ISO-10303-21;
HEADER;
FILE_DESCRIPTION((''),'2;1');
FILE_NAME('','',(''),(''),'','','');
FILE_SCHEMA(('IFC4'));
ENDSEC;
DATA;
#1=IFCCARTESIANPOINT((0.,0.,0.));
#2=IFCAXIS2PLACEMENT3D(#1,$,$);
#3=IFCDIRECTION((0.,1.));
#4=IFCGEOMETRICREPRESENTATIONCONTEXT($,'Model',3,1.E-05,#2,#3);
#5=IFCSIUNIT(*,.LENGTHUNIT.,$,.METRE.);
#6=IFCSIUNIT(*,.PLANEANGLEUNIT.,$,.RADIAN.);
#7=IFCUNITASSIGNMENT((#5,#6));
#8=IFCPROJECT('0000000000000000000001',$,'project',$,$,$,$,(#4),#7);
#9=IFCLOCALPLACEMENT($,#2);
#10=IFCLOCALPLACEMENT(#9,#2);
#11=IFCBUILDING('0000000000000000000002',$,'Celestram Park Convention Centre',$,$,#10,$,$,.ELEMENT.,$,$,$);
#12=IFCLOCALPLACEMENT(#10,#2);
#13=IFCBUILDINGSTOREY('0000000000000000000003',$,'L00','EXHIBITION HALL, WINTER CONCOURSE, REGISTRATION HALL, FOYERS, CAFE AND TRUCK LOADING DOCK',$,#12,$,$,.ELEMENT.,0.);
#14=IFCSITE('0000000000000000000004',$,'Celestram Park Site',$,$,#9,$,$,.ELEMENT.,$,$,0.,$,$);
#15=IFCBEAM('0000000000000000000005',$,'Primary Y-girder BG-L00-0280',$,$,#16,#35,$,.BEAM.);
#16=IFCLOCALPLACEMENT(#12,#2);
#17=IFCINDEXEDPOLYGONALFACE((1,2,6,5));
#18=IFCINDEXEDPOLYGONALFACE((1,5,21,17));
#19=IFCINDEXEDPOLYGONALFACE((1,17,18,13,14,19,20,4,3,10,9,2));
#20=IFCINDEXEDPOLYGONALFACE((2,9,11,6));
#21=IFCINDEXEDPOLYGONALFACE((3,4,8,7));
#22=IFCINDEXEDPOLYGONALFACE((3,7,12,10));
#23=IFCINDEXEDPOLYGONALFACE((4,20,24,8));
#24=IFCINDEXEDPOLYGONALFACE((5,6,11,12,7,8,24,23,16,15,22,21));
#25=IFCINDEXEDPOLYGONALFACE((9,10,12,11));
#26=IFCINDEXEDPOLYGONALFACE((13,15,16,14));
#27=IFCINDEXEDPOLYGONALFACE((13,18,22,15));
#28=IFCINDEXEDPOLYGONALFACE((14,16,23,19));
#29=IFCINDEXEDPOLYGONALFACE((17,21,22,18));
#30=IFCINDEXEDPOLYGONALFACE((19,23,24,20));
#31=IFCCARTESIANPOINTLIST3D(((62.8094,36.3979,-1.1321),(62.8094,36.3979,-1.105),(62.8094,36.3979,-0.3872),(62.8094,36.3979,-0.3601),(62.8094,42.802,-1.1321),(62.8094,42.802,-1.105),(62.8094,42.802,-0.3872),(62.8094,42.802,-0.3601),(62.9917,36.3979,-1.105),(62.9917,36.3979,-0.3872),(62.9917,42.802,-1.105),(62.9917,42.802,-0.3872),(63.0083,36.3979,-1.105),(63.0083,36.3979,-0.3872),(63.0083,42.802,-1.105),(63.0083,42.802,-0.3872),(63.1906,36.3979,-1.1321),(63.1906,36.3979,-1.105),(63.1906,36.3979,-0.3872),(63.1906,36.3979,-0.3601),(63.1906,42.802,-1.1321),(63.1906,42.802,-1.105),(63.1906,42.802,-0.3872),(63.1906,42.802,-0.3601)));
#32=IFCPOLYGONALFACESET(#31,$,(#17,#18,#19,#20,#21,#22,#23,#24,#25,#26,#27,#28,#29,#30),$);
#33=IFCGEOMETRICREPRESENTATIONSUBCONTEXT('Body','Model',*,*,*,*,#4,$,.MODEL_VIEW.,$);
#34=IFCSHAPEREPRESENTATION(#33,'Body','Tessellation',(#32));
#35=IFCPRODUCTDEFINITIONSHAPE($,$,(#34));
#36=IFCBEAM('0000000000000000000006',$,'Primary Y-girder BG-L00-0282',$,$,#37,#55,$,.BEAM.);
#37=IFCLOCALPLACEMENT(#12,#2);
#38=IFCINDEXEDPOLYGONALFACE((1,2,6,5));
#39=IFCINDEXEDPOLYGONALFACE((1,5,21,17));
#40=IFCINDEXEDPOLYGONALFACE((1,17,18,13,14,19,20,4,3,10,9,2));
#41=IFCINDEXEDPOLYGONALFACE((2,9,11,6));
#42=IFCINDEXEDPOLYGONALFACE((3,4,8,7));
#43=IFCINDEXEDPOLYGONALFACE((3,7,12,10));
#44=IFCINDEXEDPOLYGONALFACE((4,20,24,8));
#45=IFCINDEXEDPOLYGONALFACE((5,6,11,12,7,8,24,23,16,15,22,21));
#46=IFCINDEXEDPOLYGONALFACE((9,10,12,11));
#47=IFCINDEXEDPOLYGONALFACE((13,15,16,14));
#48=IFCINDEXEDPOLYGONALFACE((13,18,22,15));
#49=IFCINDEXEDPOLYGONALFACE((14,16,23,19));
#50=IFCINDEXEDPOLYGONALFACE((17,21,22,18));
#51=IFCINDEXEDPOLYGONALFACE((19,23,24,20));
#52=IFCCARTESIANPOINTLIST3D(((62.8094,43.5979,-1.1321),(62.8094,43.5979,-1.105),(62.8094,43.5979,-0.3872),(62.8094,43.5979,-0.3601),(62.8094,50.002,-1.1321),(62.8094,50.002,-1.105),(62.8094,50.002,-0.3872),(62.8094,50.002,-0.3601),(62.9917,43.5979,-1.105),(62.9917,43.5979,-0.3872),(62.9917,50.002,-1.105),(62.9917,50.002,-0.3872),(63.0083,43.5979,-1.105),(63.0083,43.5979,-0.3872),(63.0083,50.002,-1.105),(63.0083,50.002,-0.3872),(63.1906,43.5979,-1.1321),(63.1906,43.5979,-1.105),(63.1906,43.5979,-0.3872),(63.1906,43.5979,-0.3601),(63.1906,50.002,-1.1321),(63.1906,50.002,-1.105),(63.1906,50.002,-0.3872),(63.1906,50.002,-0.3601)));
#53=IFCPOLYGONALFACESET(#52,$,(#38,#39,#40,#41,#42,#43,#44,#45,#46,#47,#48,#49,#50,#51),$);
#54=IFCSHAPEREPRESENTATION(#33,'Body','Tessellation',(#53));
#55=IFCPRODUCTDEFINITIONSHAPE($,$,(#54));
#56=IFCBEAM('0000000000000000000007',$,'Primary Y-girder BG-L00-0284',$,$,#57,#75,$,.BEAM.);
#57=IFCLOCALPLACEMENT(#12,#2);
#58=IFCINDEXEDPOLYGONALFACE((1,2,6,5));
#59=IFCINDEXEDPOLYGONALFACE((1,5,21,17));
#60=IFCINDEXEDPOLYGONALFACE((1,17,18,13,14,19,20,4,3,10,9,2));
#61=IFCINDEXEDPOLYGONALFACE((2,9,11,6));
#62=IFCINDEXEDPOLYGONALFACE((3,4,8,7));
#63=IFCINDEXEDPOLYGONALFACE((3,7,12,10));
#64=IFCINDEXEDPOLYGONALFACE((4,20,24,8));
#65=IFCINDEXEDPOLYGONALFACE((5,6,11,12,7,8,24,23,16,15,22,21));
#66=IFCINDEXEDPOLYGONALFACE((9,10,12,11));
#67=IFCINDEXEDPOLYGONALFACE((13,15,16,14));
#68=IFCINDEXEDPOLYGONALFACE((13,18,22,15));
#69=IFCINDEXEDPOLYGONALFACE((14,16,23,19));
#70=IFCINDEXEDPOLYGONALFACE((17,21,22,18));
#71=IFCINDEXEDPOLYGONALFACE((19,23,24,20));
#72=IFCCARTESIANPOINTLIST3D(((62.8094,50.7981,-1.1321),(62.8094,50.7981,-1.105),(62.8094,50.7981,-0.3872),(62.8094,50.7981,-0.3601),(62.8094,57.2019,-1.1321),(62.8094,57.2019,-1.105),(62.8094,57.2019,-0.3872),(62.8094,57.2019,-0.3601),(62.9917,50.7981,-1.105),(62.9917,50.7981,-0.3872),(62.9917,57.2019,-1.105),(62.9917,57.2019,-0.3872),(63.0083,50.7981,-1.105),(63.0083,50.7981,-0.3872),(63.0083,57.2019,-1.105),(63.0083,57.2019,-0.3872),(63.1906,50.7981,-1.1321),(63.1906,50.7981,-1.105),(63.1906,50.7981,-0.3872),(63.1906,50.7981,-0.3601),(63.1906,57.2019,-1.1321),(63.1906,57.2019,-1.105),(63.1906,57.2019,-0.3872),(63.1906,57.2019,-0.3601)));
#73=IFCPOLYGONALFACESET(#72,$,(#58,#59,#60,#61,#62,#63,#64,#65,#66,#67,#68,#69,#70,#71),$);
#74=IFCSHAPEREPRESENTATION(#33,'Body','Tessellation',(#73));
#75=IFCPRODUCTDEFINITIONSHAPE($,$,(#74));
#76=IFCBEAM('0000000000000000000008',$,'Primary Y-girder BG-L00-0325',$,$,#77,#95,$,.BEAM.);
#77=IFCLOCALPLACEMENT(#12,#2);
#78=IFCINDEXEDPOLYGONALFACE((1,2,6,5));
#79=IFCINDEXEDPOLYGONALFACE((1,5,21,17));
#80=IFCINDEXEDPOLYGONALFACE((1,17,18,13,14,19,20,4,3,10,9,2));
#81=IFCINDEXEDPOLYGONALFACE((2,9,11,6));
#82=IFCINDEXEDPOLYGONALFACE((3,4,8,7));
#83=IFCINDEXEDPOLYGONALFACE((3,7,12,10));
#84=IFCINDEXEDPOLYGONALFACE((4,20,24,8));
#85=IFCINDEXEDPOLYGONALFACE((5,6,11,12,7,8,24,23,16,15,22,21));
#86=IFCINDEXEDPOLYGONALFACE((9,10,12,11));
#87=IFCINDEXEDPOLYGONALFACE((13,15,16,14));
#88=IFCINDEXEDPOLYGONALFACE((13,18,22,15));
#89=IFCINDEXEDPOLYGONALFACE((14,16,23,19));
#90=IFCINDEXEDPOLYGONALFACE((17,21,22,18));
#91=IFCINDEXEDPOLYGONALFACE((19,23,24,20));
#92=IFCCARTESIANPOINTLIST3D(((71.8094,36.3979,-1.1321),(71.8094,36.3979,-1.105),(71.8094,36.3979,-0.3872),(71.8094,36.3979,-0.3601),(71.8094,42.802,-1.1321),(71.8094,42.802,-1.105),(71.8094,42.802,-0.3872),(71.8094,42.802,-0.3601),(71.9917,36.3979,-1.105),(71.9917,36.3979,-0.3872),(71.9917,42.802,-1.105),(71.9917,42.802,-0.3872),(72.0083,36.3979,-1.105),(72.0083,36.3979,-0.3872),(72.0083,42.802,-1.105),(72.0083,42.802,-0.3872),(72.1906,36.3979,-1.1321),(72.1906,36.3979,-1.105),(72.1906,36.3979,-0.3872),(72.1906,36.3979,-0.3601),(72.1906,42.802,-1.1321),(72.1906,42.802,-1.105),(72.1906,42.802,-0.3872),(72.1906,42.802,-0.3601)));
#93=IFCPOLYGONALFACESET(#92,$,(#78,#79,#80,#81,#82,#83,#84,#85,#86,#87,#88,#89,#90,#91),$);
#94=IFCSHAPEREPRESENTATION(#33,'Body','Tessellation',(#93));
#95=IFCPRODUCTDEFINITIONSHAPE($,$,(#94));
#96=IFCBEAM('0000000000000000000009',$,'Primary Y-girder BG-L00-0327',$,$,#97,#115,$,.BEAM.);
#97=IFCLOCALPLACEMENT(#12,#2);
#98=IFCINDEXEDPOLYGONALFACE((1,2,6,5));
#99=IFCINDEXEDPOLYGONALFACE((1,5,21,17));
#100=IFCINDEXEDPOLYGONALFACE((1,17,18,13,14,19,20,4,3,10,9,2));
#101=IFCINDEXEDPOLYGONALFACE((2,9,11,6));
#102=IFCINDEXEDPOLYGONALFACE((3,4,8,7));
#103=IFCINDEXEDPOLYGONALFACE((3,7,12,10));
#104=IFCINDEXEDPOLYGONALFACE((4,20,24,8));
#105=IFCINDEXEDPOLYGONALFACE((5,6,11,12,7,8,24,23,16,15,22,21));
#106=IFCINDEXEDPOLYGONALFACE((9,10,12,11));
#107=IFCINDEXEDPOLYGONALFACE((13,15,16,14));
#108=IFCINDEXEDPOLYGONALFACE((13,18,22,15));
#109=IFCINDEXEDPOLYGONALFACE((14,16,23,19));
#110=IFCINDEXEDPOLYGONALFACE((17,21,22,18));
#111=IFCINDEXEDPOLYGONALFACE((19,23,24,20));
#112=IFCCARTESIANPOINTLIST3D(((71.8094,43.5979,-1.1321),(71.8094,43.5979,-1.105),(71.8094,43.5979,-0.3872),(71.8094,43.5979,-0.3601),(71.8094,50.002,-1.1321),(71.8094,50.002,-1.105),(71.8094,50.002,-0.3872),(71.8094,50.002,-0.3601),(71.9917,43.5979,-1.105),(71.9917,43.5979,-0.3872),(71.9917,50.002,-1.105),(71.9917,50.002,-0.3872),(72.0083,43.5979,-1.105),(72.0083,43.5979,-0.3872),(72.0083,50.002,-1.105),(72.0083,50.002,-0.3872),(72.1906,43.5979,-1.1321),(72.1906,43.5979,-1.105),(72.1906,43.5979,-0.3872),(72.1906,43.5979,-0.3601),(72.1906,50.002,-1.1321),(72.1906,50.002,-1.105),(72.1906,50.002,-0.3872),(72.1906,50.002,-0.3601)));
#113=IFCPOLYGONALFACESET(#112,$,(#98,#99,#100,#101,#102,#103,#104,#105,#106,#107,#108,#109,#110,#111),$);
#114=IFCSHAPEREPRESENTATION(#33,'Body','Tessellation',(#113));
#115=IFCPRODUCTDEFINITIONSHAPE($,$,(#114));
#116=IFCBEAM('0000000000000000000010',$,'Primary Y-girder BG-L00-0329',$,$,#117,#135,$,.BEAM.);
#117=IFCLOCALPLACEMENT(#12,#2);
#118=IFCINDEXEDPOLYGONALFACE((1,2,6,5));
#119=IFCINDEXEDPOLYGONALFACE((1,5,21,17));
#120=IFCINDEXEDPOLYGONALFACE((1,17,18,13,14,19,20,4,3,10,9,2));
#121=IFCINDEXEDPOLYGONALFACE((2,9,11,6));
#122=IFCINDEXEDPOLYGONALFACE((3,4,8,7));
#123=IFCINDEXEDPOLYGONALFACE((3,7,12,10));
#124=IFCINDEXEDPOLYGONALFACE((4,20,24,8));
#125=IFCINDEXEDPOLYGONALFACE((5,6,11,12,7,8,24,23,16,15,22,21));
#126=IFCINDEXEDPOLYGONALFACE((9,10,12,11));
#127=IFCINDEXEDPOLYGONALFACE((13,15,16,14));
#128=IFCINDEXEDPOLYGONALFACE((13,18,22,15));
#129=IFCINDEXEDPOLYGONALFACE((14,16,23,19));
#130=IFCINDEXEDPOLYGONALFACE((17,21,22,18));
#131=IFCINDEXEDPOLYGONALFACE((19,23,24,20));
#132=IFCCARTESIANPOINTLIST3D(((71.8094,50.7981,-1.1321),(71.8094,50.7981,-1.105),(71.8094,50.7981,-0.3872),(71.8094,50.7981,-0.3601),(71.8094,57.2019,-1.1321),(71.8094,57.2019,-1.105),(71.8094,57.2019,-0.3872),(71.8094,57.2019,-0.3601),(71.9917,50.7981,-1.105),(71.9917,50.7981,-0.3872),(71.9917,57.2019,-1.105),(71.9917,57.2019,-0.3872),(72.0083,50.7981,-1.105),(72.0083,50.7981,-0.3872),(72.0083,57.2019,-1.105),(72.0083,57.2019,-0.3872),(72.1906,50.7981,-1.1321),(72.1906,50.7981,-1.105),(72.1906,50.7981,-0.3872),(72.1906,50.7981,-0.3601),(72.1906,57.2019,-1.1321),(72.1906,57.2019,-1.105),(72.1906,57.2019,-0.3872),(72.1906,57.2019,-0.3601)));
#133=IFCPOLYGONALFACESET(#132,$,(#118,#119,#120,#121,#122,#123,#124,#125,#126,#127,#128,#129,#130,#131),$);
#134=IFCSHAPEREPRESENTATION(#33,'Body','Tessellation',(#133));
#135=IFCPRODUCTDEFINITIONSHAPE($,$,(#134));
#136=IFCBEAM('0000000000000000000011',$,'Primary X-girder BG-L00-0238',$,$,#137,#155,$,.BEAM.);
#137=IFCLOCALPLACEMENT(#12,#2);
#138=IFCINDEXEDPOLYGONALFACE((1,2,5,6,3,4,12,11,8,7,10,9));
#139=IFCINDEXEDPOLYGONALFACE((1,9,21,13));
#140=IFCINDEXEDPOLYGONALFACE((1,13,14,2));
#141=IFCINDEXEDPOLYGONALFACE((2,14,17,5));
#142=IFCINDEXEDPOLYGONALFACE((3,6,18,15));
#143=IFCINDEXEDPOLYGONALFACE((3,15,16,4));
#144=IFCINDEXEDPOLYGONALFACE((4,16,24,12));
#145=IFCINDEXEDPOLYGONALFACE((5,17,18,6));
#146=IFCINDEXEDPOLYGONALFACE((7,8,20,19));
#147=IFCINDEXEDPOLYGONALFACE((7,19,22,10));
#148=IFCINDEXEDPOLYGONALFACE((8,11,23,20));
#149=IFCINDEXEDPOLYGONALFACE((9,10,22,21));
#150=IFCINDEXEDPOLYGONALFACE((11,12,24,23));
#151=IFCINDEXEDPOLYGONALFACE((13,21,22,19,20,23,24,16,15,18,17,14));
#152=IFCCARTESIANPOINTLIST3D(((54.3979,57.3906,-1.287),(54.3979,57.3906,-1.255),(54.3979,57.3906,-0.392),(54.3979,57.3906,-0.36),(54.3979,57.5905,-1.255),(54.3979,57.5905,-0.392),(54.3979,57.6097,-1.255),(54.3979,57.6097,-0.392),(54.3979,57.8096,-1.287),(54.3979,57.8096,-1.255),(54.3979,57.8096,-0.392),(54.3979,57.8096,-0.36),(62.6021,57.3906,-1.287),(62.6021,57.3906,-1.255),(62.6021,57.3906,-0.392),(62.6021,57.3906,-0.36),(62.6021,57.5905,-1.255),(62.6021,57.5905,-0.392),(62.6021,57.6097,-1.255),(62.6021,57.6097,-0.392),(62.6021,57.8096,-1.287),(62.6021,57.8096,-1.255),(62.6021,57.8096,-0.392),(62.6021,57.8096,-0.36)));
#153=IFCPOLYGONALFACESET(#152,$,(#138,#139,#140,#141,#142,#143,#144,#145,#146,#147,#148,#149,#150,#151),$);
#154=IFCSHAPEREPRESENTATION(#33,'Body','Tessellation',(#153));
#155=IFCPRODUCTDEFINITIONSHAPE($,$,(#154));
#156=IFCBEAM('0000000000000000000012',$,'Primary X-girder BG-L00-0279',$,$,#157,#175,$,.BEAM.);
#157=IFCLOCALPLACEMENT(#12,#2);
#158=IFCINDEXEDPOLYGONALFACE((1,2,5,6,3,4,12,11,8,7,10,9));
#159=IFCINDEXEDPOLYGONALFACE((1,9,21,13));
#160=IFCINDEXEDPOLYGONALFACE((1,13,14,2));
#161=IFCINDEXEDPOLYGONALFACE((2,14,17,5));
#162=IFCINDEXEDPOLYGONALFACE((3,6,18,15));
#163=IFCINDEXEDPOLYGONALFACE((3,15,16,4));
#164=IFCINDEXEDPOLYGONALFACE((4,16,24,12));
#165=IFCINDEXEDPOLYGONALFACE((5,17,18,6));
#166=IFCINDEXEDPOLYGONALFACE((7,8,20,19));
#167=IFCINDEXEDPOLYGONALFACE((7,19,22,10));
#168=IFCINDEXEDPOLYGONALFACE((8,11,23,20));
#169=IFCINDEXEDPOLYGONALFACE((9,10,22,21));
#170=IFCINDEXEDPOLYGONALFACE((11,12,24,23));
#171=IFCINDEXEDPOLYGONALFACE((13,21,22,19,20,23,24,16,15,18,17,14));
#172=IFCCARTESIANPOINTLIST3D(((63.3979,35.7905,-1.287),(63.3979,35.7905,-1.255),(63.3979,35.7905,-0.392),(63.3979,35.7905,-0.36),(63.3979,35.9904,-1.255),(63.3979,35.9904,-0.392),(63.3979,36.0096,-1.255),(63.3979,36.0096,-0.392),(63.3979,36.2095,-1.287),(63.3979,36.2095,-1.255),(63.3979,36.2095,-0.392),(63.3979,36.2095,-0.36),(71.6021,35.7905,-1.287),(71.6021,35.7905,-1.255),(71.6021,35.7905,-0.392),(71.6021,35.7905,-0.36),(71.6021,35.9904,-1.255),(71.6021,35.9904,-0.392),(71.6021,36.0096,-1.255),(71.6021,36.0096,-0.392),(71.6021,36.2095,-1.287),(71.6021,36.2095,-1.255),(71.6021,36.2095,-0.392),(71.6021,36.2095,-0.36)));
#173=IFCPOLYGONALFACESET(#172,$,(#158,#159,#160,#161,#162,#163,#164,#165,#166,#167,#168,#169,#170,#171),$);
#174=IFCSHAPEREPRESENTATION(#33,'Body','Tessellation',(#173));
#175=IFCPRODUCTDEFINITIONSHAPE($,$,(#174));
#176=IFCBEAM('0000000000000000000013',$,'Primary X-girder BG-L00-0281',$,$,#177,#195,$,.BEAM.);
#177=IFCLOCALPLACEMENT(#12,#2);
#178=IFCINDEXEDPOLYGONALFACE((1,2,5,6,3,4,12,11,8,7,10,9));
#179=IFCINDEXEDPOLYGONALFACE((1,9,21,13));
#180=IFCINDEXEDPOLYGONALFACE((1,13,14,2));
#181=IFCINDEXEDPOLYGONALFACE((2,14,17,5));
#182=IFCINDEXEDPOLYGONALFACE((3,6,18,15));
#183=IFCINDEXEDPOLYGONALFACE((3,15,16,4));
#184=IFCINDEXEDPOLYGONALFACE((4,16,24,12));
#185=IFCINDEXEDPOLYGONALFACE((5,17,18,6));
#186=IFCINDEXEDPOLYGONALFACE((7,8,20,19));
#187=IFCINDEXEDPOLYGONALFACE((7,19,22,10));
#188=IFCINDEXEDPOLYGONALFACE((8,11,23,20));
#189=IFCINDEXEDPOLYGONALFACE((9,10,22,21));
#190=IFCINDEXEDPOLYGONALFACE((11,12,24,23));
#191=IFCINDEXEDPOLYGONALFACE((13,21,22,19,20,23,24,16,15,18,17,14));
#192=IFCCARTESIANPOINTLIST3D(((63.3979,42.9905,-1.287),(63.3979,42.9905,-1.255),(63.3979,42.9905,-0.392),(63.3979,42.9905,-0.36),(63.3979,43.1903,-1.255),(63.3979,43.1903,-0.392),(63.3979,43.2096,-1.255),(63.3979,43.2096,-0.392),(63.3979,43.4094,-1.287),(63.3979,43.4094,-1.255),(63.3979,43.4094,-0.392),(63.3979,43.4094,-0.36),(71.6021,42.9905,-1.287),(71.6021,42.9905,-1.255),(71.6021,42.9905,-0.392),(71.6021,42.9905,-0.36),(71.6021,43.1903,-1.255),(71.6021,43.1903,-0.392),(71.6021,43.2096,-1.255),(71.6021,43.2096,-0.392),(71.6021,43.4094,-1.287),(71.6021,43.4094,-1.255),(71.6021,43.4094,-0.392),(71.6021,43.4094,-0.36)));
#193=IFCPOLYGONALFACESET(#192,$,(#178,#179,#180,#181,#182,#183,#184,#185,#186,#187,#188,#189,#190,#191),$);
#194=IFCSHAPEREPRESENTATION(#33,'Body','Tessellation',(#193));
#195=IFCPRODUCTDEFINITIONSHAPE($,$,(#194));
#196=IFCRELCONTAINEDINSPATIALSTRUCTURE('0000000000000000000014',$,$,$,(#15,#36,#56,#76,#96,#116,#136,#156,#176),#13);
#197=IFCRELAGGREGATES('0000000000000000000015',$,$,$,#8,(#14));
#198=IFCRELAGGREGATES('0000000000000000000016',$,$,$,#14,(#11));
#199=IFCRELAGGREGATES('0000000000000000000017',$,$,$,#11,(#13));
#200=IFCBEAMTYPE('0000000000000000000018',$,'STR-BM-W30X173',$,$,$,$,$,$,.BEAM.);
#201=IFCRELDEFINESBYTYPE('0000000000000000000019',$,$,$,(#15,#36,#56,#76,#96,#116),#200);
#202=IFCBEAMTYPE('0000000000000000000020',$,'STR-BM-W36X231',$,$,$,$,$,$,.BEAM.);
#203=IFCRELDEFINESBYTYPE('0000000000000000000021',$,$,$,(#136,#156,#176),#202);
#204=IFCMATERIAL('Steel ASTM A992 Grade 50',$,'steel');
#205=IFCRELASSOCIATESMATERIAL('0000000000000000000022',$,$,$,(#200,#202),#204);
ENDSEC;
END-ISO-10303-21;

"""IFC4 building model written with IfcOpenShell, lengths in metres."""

from ifc_helpers import new_model, si_unit, direction, frame, origin, origin_2d, place, context, subcontext, project, spatial, i_section, extrude, material, material_profile, profile_set, type_object, element, save


model = new_model("IFC4")

# Units and contexts
model_context = context("Model", 3, precision=1e-05, world=origin(), true_north=direction((0.0, 1.0)))
body_context = subcontext(model_context, "Body", "Model", "MODEL_VIEW")
ifc_project = project(units=[si_unit("LENGTHUNIT", "METRE"), si_unit("PLANEANGLEUNIT", "RADIAN")], contexts=[model_context])

# Site, building, storey
site_placement = place(None, origin())
site = spatial("IfcSite", under=ifc_project, at=site_placement, Name="Celestram Park Site", CompositionType="ELEMENT", RefElevation=0.0)
building_placement = place(site_placement, origin())
building = spatial("IfcBuilding", under=site, at=building_placement, Name="Celestram Park Convention Centre", CompositionType="ELEMENT")
storey_placement = place(building_placement, origin())
storey = spatial("IfcBuildingStorey", under=building, at=storey_placement, Name="L00", Description="EXHIBITION HALL, WINTER CONCOURSE, REGISTRATION HALL, FOYERS, CAFE AND TRUCK LOADING DOCK", CompositionType="ELEMENT", Elevation=0.0)

# Beams
ifc_material = material(Name="Steel ASTM A992 Grade 50", Category="steel")
ifc_material_profile_1 = material_profile(ifc_material, i_section(OverallWidth=0.3811, OverallDepth=0.772, WebThickness=0.0166, FlangeThickness=0.0271, at=origin_2d()), Name="W30X173")
ifc_profile_set_1 = profile_set([ifc_material_profile_1], Name="Steel ASTM A992 Grade 50")
beam_type_1 = type_object("IfcBeamType", Name="STR-BM-W30X173", PredefinedType="BEAM", material=ifc_profile_set_1)
for number, where, z_axis, x_axis, name in (
    (1, (63.0, 36.3979, -0.7461), (0.0, 1.0, 0.0), (-1.0, 0.0, 0.0), "Primary Y-girder BG-L00-0280"),
    (2, (63.0, 43.5979, -0.7461), (0.0, 1.0, 0.0), (-1.0, 0.0, 0.0), "Primary Y-girder BG-L00-0282"),
):
    element("IfcBeam", number, at=place(storey_placement, frame(where, z_axis=z_axis, x_axis=x_axis)), inside=storey, type_object=beam_type_1, Name=name, PredefinedType="BEAM", context=body_context, shape_type="SweptSolid", body=[
        extrude(i_section(OverallWidth=0.3811, OverallDepth=0.772, WebThickness=0.0166, FlangeThickness=0.0271, at=origin_2d()), origin(), (0.0, 0.0, 1.0), 6.4041),
    ])
beam_1_placement = place(storey_placement, frame((63.0, 50.7981, -0.7461), z_axis=(0.0, 1.0, 0.0), x_axis=(-1.0, 0.0, 0.0)))
element("IfcBeam", 3, at=beam_1_placement, inside=storey, type_object=beam_type_1, Name="Primary Y-girder BG-L00-0284", PredefinedType="BEAM", context=body_context, shape_type="SweptSolid", body=[
    extrude(i_section(OverallWidth=0.3811, OverallDepth=0.772, WebThickness=0.0166, FlangeThickness=0.0271, at=origin_2d()), origin(), (0.0, 0.0, 1.0), 6.4038),
])
for number, where, z_axis, x_axis, name in (
    (4, (72.0, 36.3979, -0.7461), (0.0, 1.0, 0.0), (-1.0, 0.0, 0.0), "Primary Y-girder BG-L00-0325"),
    (5, (72.0, 43.5979, -0.7461), (0.0, 1.0, 0.0), (-1.0, 0.0, 0.0), "Primary Y-girder BG-L00-0327"),
):
    element("IfcBeam", number, at=place(storey_placement, frame(where, z_axis=z_axis, x_axis=x_axis)), inside=storey, type_object=beam_type_1, Name=name, PredefinedType="BEAM", context=body_context, shape_type="SweptSolid", body=[
        extrude(i_section(OverallWidth=0.3811, OverallDepth=0.772, WebThickness=0.0166, FlangeThickness=0.0271, at=origin_2d()), origin(), (0.0, 0.0, 1.0), 6.4041),
    ])
beam_2_placement = place(storey_placement, frame((72.0, 50.7981, -0.7461), z_axis=(0.0, 1.0, 0.0), x_axis=(-1.0, 0.0, 0.0)))
element("IfcBeam", 6, at=beam_2_placement, inside=storey, type_object=beam_type_1, Name="Primary Y-girder BG-L00-0329", PredefinedType="BEAM", context=body_context, shape_type="SweptSolid", body=[
    extrude(i_section(OverallWidth=0.3811, OverallDepth=0.772, WebThickness=0.0166, FlangeThickness=0.0271, at=origin_2d()), origin(), (0.0, 0.0, 1.0), 6.4038),
])
ifc_material_profile_2 = material_profile(ifc_material, i_section(OverallWidth=0.4189, OverallDepth=0.927, WebThickness=0.0193, FlangeThickness=0.032, at=origin_2d()), Name="W36X231")
ifc_profile_set_2 = profile_set([ifc_material_profile_2], Name="Steel ASTM A992 Grade 50")
beam_type_2 = type_object("IfcBeamType", Name="STR-BM-W36X231", PredefinedType="BEAM", material=ifc_profile_set_2)
for number, where, z_axis, x_axis, name in (
    (7, (54.3979, 57.6001, -0.8235), (1.0, 0.0, 0.0), (0.0, 1.0, 0.0), "Primary X-girder BG-L00-0238"),
    (8, (63.3979, 36.0, -0.8235), (1.0, 0.0, 0.0), (0.0, 1.0, 0.0), "Primary X-girder BG-L00-0279"),
    (9, (63.3979, 43.2, -0.8235), (1.0, 0.0, 0.0), (0.0, 1.0, 0.0), "Primary X-girder BG-L00-0281"),
):
    element("IfcBeam", number, at=place(storey_placement, frame(where, z_axis=z_axis, x_axis=x_axis)), inside=storey, type_object=beam_type_2, Name=name, PredefinedType="BEAM", context=body_context, shape_type="SweptSolid", body=[
        extrude(i_section(OverallWidth=0.4189, OverallDepth=0.927, WebThickness=0.0193, FlangeThickness=0.032, at=origin_2d()), origin(), (0.0, 0.0, 1.0), 8.2041),
    ])

save(model, "model.ifc")
